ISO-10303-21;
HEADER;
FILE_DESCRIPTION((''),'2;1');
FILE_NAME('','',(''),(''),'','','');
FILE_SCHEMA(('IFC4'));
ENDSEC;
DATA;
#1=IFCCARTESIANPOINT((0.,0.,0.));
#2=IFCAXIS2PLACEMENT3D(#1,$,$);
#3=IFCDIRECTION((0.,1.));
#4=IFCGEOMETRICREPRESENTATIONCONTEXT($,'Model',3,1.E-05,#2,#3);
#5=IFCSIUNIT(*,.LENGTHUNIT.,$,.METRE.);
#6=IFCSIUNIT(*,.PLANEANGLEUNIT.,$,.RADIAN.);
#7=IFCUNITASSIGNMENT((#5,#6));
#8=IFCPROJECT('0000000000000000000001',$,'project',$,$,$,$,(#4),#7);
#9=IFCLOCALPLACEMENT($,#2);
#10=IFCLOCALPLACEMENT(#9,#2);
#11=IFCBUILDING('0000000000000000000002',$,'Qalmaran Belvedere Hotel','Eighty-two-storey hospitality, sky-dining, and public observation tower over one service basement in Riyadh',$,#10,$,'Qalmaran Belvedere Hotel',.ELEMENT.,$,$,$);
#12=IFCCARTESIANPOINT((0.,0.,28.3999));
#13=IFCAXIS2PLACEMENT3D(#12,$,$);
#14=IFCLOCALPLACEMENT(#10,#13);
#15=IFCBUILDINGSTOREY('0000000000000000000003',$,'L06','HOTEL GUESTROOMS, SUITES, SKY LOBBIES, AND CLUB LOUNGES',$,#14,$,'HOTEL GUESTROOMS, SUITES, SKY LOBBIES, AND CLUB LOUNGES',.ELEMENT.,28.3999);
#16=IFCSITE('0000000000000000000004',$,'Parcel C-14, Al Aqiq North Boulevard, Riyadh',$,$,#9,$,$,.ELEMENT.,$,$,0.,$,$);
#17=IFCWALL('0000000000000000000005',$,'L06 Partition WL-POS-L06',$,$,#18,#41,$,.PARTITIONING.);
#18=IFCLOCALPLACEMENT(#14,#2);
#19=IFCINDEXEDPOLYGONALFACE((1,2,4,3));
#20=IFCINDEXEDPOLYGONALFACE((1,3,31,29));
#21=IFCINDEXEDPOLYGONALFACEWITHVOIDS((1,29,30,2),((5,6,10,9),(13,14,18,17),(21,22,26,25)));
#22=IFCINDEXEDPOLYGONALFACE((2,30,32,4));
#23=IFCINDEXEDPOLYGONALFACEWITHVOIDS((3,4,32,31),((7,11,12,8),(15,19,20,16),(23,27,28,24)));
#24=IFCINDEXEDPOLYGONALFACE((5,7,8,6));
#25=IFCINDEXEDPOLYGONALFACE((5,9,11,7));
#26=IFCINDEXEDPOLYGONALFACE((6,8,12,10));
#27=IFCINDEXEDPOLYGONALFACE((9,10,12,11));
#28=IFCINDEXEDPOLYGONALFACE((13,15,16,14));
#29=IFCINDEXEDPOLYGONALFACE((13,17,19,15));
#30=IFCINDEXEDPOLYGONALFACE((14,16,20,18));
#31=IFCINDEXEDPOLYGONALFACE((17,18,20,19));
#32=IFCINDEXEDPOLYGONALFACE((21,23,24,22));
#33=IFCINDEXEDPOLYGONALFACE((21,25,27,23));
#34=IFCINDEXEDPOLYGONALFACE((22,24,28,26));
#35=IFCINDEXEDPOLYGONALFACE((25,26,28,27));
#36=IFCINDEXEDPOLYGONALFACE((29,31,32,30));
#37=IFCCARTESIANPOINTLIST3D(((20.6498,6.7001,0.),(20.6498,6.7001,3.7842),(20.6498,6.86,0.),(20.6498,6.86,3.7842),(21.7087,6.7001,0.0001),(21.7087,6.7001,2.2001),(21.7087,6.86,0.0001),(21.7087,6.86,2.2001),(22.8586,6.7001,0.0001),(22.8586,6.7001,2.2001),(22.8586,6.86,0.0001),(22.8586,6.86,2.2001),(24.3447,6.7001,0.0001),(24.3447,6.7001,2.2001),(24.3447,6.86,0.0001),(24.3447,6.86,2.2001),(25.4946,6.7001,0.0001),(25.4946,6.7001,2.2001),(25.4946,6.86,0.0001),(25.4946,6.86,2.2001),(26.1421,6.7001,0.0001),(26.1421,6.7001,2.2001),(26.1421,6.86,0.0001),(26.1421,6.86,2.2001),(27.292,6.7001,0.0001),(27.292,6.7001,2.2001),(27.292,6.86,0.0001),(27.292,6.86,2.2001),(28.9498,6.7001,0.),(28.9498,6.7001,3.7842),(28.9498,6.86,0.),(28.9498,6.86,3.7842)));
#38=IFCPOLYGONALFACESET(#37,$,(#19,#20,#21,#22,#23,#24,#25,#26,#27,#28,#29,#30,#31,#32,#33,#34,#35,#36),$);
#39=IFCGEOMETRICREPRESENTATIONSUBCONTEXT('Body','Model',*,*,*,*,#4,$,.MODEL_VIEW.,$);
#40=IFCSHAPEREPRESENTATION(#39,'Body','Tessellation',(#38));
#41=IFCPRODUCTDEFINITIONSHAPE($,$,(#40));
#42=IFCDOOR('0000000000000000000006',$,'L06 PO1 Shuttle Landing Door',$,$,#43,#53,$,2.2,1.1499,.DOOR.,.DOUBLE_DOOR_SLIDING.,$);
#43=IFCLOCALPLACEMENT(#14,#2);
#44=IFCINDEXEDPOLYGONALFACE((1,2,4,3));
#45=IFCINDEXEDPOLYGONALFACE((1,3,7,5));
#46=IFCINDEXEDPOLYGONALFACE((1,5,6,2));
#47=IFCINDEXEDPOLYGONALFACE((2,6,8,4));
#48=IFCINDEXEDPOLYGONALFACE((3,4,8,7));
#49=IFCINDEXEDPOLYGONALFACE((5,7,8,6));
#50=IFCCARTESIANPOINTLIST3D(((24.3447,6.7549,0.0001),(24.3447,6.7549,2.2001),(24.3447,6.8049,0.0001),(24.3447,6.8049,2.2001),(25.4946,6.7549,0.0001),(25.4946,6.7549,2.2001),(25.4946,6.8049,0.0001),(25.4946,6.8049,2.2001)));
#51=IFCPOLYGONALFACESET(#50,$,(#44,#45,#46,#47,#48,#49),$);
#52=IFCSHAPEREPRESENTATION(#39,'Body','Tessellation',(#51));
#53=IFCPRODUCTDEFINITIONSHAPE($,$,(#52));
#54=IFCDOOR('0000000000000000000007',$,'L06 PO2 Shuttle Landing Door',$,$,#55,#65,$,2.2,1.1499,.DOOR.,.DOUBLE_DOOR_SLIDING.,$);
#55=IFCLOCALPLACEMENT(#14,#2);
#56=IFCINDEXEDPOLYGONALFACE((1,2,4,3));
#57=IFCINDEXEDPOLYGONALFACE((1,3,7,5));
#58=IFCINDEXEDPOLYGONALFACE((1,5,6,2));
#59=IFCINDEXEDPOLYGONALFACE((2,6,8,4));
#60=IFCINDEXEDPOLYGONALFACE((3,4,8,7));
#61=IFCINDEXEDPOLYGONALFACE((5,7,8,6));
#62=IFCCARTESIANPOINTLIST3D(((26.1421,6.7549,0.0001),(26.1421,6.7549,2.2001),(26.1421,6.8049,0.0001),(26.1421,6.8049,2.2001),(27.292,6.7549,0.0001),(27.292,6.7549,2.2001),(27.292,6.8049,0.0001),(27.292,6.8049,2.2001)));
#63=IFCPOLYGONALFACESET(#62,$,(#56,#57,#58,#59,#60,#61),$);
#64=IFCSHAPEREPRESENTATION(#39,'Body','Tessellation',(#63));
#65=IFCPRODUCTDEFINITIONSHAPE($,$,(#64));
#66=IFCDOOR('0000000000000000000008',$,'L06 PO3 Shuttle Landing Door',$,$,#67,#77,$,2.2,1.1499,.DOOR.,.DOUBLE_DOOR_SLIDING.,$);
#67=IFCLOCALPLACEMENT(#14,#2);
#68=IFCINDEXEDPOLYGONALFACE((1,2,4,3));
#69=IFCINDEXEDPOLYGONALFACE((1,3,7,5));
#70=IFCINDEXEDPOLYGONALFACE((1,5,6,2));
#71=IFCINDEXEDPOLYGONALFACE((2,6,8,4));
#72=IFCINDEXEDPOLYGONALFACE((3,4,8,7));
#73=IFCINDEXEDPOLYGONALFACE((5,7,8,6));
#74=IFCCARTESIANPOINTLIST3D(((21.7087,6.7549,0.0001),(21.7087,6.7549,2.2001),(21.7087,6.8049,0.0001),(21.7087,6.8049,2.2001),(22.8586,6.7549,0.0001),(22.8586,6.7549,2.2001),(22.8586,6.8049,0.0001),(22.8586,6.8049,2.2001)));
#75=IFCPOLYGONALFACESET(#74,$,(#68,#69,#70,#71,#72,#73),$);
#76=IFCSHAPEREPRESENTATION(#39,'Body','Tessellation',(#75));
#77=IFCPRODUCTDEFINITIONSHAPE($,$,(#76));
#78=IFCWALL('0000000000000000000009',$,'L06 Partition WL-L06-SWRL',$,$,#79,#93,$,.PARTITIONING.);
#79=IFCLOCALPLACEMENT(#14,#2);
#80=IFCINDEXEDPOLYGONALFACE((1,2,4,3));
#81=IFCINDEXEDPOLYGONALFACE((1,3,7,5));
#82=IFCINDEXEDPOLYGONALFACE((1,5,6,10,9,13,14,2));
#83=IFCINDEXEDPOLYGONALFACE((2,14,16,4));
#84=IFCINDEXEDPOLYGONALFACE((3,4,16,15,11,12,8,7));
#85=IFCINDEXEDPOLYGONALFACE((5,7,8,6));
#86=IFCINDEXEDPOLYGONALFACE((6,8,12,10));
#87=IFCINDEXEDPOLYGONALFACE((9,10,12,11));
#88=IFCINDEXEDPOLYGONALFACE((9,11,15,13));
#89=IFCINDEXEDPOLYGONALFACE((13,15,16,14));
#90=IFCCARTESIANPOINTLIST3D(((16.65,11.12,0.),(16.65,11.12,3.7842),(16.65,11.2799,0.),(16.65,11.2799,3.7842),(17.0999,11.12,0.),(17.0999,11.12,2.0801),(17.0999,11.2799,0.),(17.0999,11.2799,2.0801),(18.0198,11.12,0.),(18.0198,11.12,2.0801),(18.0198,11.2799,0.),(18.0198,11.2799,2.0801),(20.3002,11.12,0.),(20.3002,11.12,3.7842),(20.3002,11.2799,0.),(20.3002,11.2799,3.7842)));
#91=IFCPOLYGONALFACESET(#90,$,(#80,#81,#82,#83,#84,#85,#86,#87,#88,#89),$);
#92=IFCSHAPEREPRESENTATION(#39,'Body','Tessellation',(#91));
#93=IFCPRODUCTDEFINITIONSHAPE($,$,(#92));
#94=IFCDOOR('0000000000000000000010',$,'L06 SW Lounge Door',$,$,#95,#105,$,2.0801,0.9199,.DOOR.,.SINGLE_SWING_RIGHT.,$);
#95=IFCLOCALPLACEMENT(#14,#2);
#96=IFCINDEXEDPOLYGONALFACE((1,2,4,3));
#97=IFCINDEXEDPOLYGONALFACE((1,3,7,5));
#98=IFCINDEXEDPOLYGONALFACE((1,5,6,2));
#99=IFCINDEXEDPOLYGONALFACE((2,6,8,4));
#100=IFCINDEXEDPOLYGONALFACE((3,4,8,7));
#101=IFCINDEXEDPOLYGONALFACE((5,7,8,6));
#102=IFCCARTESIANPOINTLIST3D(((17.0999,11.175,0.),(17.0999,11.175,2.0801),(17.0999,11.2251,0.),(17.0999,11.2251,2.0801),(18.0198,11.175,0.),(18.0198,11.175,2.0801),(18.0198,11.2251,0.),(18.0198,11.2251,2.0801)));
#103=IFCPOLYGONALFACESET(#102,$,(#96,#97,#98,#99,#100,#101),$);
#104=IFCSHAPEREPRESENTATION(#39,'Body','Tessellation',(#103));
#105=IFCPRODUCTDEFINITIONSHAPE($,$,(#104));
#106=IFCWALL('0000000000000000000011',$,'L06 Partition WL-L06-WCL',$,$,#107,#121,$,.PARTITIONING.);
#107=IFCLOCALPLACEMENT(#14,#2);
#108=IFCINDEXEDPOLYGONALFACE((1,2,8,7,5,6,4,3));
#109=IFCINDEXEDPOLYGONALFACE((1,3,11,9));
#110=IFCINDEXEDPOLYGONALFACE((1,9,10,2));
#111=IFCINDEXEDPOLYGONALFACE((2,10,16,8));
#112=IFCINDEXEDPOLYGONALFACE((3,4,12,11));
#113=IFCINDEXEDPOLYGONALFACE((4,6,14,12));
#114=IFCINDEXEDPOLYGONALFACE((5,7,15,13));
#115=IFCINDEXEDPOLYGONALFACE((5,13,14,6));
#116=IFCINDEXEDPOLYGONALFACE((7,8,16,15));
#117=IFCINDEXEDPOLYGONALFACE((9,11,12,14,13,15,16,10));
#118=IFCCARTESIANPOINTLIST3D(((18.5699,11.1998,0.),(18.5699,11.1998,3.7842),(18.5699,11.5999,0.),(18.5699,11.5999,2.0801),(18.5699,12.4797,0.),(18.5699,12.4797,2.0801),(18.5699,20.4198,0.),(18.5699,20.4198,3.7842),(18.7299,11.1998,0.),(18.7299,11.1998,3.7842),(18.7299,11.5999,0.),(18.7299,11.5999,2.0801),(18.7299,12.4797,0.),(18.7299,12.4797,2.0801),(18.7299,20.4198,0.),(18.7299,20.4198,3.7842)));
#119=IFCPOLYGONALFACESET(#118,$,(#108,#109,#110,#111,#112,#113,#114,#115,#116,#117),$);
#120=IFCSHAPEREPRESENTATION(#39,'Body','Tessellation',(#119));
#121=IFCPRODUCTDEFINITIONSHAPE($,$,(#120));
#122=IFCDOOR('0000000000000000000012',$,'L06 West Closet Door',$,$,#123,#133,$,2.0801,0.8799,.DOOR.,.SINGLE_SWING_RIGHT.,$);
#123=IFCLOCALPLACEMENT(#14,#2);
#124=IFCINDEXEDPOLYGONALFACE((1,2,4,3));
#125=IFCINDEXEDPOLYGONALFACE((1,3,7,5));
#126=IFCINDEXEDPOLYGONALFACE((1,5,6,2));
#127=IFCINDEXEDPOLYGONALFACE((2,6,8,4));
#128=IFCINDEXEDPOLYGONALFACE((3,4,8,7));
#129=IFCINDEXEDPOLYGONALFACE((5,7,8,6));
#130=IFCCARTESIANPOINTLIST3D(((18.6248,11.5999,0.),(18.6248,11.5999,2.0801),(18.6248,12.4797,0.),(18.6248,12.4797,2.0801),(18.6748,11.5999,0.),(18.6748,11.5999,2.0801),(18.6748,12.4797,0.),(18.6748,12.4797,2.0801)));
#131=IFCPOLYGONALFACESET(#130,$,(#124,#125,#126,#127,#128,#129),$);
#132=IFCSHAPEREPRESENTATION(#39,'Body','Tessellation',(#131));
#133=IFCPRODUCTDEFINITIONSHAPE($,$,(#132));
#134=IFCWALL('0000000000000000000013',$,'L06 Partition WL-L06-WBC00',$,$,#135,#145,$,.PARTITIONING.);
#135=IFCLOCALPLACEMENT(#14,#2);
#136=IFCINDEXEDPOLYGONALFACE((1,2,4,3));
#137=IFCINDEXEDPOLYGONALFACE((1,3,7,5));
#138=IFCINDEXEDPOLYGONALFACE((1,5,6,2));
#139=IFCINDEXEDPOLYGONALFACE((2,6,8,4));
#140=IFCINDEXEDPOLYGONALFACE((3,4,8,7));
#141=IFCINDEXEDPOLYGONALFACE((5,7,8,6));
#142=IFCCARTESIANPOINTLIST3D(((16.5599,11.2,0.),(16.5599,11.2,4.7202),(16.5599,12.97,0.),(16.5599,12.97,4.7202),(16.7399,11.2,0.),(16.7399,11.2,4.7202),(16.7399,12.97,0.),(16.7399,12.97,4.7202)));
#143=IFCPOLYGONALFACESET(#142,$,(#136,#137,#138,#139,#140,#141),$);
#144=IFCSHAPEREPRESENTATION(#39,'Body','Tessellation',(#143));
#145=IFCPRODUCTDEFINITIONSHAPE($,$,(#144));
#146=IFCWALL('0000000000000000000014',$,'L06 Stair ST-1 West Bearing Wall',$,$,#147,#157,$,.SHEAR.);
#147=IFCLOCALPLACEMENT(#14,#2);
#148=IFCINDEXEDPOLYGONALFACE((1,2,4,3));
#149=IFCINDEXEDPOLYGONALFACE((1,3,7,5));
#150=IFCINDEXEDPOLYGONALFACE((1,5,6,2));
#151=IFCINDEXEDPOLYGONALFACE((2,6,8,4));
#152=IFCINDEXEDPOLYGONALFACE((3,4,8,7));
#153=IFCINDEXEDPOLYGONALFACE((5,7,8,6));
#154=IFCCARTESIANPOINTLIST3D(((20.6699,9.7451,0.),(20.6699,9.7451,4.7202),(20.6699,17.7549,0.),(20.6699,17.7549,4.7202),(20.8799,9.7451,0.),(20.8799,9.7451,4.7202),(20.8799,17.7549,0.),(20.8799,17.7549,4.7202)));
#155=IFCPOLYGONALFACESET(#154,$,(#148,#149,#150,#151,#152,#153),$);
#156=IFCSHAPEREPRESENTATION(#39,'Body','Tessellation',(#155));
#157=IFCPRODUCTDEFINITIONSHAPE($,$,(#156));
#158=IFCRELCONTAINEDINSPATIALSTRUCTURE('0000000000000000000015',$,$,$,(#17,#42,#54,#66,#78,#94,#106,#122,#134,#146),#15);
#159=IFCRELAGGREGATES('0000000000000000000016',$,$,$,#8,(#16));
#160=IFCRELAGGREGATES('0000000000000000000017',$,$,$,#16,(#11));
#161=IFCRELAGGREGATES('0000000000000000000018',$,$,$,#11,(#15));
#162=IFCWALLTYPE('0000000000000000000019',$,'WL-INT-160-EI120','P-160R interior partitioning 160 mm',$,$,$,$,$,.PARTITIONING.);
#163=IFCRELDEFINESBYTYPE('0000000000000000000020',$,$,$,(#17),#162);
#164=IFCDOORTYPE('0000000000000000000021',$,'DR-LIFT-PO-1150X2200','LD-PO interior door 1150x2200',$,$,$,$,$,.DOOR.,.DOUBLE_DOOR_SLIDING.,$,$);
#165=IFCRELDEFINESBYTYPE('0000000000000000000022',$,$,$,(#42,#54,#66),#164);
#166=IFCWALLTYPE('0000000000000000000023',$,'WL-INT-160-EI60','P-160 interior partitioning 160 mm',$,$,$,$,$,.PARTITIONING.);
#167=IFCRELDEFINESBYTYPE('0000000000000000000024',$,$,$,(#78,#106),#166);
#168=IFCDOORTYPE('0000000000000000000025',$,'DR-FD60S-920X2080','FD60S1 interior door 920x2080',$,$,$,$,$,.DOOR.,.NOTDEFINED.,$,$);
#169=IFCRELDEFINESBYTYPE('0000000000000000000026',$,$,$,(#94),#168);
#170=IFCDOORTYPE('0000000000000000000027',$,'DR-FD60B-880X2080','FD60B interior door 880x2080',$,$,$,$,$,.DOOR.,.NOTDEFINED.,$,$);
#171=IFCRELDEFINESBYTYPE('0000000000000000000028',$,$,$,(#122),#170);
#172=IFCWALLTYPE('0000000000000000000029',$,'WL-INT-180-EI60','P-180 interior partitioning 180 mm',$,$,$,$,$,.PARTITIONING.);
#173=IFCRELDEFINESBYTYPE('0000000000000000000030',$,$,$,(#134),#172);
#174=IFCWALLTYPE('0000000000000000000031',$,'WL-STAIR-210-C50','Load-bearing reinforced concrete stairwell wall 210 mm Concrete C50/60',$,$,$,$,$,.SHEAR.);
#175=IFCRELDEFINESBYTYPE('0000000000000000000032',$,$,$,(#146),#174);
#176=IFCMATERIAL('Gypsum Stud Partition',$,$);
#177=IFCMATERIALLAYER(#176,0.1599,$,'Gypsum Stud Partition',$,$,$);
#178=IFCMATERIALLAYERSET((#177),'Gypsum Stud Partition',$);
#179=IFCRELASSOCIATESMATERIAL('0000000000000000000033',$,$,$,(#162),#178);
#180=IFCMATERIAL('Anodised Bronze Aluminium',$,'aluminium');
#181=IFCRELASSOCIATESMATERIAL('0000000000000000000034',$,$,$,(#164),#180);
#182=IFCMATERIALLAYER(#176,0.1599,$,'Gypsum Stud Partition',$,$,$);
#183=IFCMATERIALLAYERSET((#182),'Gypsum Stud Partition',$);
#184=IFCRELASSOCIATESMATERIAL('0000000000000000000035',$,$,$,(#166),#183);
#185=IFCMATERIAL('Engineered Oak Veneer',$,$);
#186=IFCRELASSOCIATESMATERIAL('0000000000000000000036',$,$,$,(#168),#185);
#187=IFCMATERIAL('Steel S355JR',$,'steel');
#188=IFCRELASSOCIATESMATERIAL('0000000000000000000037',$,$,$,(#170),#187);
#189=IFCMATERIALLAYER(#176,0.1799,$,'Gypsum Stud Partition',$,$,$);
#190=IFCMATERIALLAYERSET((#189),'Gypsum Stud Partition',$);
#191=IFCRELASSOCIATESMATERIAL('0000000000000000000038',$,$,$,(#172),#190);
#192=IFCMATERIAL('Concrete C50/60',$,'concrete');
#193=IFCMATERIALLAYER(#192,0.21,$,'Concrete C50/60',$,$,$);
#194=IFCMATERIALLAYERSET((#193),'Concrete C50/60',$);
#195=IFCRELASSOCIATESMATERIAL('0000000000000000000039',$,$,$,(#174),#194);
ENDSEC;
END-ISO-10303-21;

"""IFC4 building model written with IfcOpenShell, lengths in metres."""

from ifc_helpers import new_model, si_unit, direction, frame, frame_2d, origin, place, context, subcontext, project, spatial, rectangle, extrude, material, layer, layer_set, type_object, element, fill, save


model = new_model("IFC4")

# Units and contexts
model_context = context("Model", 3, precision=1e-05, world=origin(), true_north=direction((0.0, 1.0)))
body_context = subcontext(model_context, "Body", "Model", "MODEL_VIEW")
ifc_project = project(units=[si_unit("LENGTHUNIT", "METRE"), si_unit("PLANEANGLEUNIT", "RADIAN")], contexts=[model_context])

# Site, building, storey
site_placement = place(None, origin())
site = spatial("IfcSite", under=ifc_project, at=site_placement, Name="Parcel C-14, Al Aqiq North Boulevard, Riyadh", CompositionType="ELEMENT", RefElevation=0.0)
building_placement = place(site_placement, origin())
building = spatial("IfcBuilding", under=site, at=building_placement, Name="Qalmaran Belvedere Hotel", Description="Eighty-two-storey hospitality, sky-dining, and public observation tower over one service basement in Riyadh", LongName="Qalmaran Belvedere Hotel", CompositionType="ELEMENT")
storey_placement = place(building_placement, frame((0.0, 0.0, 28.3999)))
storey = spatial("IfcBuildingStorey", under=building, at=storey_placement, Name="L06", Description="HOTEL GUESTROOMS, SUITES, SKY LOBBIES, AND CLUB LOUNGES", LongName="HOTEL GUESTROOMS, SUITES, SKY LOBBIES, AND CLUB LOUNGES", CompositionType="ELEMENT", Elevation=28.3999)

# Shared definitions
ifc_material_1 = material(Name="Steel S355JR", Category="steel")

# Shared definitions
ifc_material_2 = material(Name="Concrete C50/60", Category="concrete")

# Wall, openings, doors
ifc_material_3 = material(Name="Gypsum Stud Partition")
ifc_layer_1 = layer(ifc_material_3, 0.1599, Name="Gypsum Stud Partition")
ifc_layer_set_1 = layer_set([ifc_layer_1], Name="Gypsum Stud Partition")
wall_type_1 = type_object("IfcWallType", Name="WL-INT-160-EI120", Description="P-160R interior partitioning 160 mm", PredefinedType="PARTITIONING", material=ifc_layer_set_1)
wall_1_placement = place(storey_placement, frame((20.6499, 6.78, 0.0), z_axis=(0.0, 0.0, 1.0), x_axis=(1.0, 0.0, 0.0)))
wall_1 = element("IfcWall", 1, at=wall_1_placement, inside=storey, type_object=wall_type_1, Name="L06 Partition WL-POS-L06", PredefinedType="PARTITIONING", context=body_context, shape_type="SweptSolid", body=[
    extrude(rectangle(XDim=8.3, YDim=0.1599, at=frame_2d((4.1499, 0.0))), origin(), (0.0, 0.0, 1.0), 3.7842),
])
opening_1_placement = place(wall_1_placement, frame((3.6948, 0.0, 0.0)))
opening_1 = element("IfcOpeningElement", 2, at=opening_1_placement, cuts=wall_1, PredefinedType="OPENING", context=body_context, shape_type="SweptSolid", body=[
    extrude(rectangle(XDim=1.1499, YDim=2.2, at=frame_2d((0.575, 1.1001))), frame((0.0, 0.0898, 0.0), z_axis=(0.0, -1.0, 0.0), x_axis=(1.0, 0.0, 0.0)), (0.0, 0.0, 1.0), 0.1799),
])
opening_2_placement = place(wall_1_placement, frame((5.4922, 0.0, 0.0)))
opening_2 = element("IfcOpeningElement", 3, at=opening_2_placement, cuts=wall_1, PredefinedType="OPENING", context=body_context, shape_type="SweptSolid", body=[
    extrude(rectangle(XDim=1.1499, YDim=2.2, at=frame_2d((0.575, 1.1001))), frame((0.0, 0.0898, 0.0), z_axis=(0.0, -1.0, 0.0), x_axis=(1.0, 0.0, 0.0)), (0.0, 0.0, 1.0), 0.1799),
])
opening_3_placement = place(wall_1_placement, frame((1.0588, 0.0, 0.0)))
opening_3 = element("IfcOpeningElement", 4, at=opening_3_placement, cuts=wall_1, PredefinedType="OPENING", context=body_context, shape_type="SweptSolid", body=[
    extrude(rectangle(XDim=1.1499, YDim=2.2, at=frame_2d((0.575, 1.1001))), frame((0.0, 0.0898, 0.0), z_axis=(0.0, -1.0, 0.0), x_axis=(1.0, 0.0, 0.0)), (0.0, 0.0, 1.0), 0.1799),
])
ifc_material_4 = material(Name="Anodised Bronze Aluminium", Category="aluminium")
door_type_1 = type_object("IfcDoorType", Name="DR-LIFT-PO-1150X2200", Description="LD-PO interior door 1150x2200", OperationType="DOUBLE_DOOR_SLIDING", PredefinedType="DOOR", material=ifc_material_4)
door_1_placement = place(opening_1_placement, origin())
door_1 = element("IfcDoor", 5, at=door_1_placement, inside=storey, type_object=door_type_1, Name="L06 PO1 Shuttle Landing Door", OperationType="DOUBLE_DOOR_SLIDING", OverallHeight=2.2, OverallWidth=1.1499, PredefinedType="DOOR", context=body_context, shape_type="SweptSolid", body=[
    extrude(rectangle(XDim=1.1499, YDim=2.2, at=frame_2d((0.575, 1.1001))), frame((0.0, 0.0249, 0.0), z_axis=(0.0, -1.0, 0.0), x_axis=(1.0, 0.0, 0.0)), (0.0, 0.0, 1.0), 0.05),
])
fill(opening_1, door_1)
door_2_placement = place(opening_2_placement, origin())
door_2 = element("IfcDoor", 6, at=door_2_placement, inside=storey, type_object=door_type_1, Name="L06 PO2 Shuttle Landing Door", OperationType="DOUBLE_DOOR_SLIDING", OverallHeight=2.2, OverallWidth=1.1499, PredefinedType="DOOR", context=body_context, shape_type="SweptSolid", body=[
    extrude(rectangle(XDim=1.1499, YDim=2.2, at=frame_2d((0.575, 1.1001))), frame((0.0, 0.0249, 0.0), z_axis=(0.0, -1.0, 0.0), x_axis=(1.0, 0.0, 0.0)), (0.0, 0.0, 1.0), 0.05),
])
fill(opening_2, door_2)
door_3_placement = place(opening_3_placement, origin())
door_3 = element("IfcDoor", 7, at=door_3_placement, inside=storey, type_object=door_type_1, Name="L06 PO3 Shuttle Landing Door", OperationType="DOUBLE_DOOR_SLIDING", OverallHeight=2.2, OverallWidth=1.1499, PredefinedType="DOOR", context=body_context, shape_type="SweptSolid", body=[
    extrude(rectangle(XDim=1.1499, YDim=2.2, at=frame_2d((0.575, 1.1001))), frame((0.0, 0.0249, 0.0), z_axis=(0.0, -1.0, 0.0), x_axis=(1.0, 0.0, 0.0)), (0.0, 0.0, 1.0), 0.05),
])
fill(opening_3, door_3)

# Walls, openings, doors
ifc_layer_2 = layer(ifc_material_3, 0.1599, Name="Gypsum Stud Partition")
ifc_layer_set_2 = layer_set([ifc_layer_2], Name="Gypsum Stud Partition")
wall_type_2 = type_object("IfcWallType", Name="WL-INT-160-EI60", Description="P-160 interior partitioning 160 mm", PredefinedType="PARTITIONING", material=ifc_layer_set_2)
wall_2_placement = place(storey_placement, frame((16.6499, 11.2, 0.0), z_axis=(0.0, 0.0, 1.0), x_axis=(1.0, 0.0, 0.0)))
wall_2 = element("IfcWall", 8, at=wall_2_placement, inside=storey, type_object=wall_type_2, Name="L06 Partition WL-L06-SWRL", PredefinedType="PARTITIONING", context=body_context, shape_type="SweptSolid", body=[
    extrude(rectangle(XDim=3.6501, YDim=0.1599, at=frame_2d((1.8252, 0.0))), origin(), (0.0, 0.0, 1.0), 3.7842),
])
opening_4_placement = place(wall_2_placement, frame((1.3699, 0.0, 0.0), z_axis=(0.0, 0.0, 1.0), x_axis=(-1.0, 0.0, 0.0)))
opening_4 = element("IfcOpeningElement", 9, at=opening_4_placement, cuts=wall_2, PredefinedType="OPENING", context=body_context, shape_type="SweptSolid", body=[
    extrude(rectangle(XDim=0.9199, YDim=2.0801, at=frame_2d((0.46, 1.04))), frame((0.0, 0.0898, 0.0), z_axis=(0.0, -1.0, 0.0), x_axis=(1.0, 0.0, 0.0)), (0.0, 0.0, 1.0), 0.1799),
])
ifc_material_5 = material(Name="Engineered Oak Veneer")
door_type_2 = type_object("IfcDoorType", Name="DR-FD60S-920X2080", Description="FD60S1 interior door 920x2080", OperationType="NOTDEFINED", PredefinedType="DOOR", material=ifc_material_5)
door_4_placement = place(opening_4_placement, origin())
door_4 = element("IfcDoor", 10, at=door_4_placement, inside=storey, type_object=door_type_2, Name="L06 SW Lounge Door", OperationType="SINGLE_SWING_RIGHT", OverallHeight=2.0801, OverallWidth=0.9199, PredefinedType="DOOR", context=body_context, shape_type="SweptSolid", body=[
    extrude(rectangle(XDim=0.9199, YDim=2.0801, at=frame_2d((0.46, 1.04))), frame((0.0, 0.0249, 0.0), z_axis=(0.0, -1.0, 0.0), x_axis=(1.0, 0.0, 0.0)), (0.0, 0.0, 1.0), 0.05),
])
fill(opening_4, door_4)
wall_3_placement = place(storey_placement, frame((18.6499, 11.2, 0.0), z_axis=(0.0, 0.0, 1.0), x_axis=(0.0, 1.0, 0.0)))
wall_3 = element("IfcWall", 11, at=wall_3_placement, inside=storey, type_object=wall_type_2, Name="L06 Partition WL-L06-WCL", PredefinedType="PARTITIONING", context=body_context, shape_type="SweptSolid", body=[
    extrude(rectangle(XDim=9.22, YDim=0.1599, at=frame_2d((4.6099, 0.0))), origin(), (0.0, 0.0, 1.0), 3.7842),
])
opening_5_placement = place(wall_3_placement, frame((1.2798, 0.0, 0.0), z_axis=(0.0, 0.0, 1.0), x_axis=(-1.0, 0.0, 0.0)))
opening_5 = element("IfcOpeningElement", 12, at=opening_5_placement, cuts=wall_3, PredefinedType="OPENING", context=body_context, shape_type="SweptSolid", body=[
    extrude(rectangle(XDim=0.8799, YDim=2.0801, at=frame_2d((0.4399, 1.04))), frame((0.0, 0.0898, 0.0), z_axis=(0.0, -1.0, 0.0), x_axis=(1.0, 0.0, 0.0)), (0.0, 0.0, 1.0), 0.1799),
])
door_type_3 = type_object("IfcDoorType", Name="DR-FD60B-880X2080", Description="FD60B interior door 880x2080", OperationType="NOTDEFINED", PredefinedType="DOOR", material=ifc_material_1)
door_5_placement = place(opening_5_placement, origin())
door_5 = element("IfcDoor", 13, at=door_5_placement, inside=storey, type_object=door_type_3, Name="L06 West Closet Door", OperationType="SINGLE_SWING_RIGHT", OverallHeight=2.0801, OverallWidth=0.8799, PredefinedType="DOOR", context=body_context, shape_type="SweptSolid", body=[
    extrude(rectangle(XDim=0.8799, YDim=2.0801, at=frame_2d((0.4399, 1.04))), frame((0.0, 0.0249, 0.0), z_axis=(0.0, -1.0, 0.0), x_axis=(1.0, 0.0, 0.0)), (0.0, 0.0, 1.0), 0.05),
])
fill(opening_5, door_5)

# Walls
ifc_layer_3 = layer(ifc_material_3, 0.1799, Name="Gypsum Stud Partition")
ifc_layer_set_3 = layer_set([ifc_layer_3], Name="Gypsum Stud Partition")
wall_type_3 = type_object("IfcWallType", Name="WL-INT-180-EI60", Description="P-180 interior partitioning 180 mm", PredefinedType="PARTITIONING", material=ifc_layer_set_3)
wall_4_placement = place(storey_placement, frame((16.6499, 11.2, 0.0), z_axis=(0.0, 0.0, 1.0), x_axis=(0.0, 1.0, 0.0)))
element("IfcWall", 14, at=wall_4_placement, inside=storey, type_object=wall_type_3, Name="L06 Partition WL-L06-WBC00", PredefinedType="PARTITIONING", context=body_context, shape_type="SweptSolid", body=[
    extrude(rectangle(XDim=1.77, YDim=0.1799, at=frame_2d((0.885, 0.0))), origin(), (0.0, 0.0, 1.0), 4.7202),
])
ifc_layer_4 = layer(ifc_material_2, 0.21, Name="Concrete C50/60")
ifc_layer_set_4 = layer_set([ifc_layer_4], Name="Concrete C50/60")
wall_type_4 = type_object("IfcWallType", Name="WL-STAIR-210-C50", Description="Load-bearing reinforced concrete stairwell wall 210 mm Concrete C50/60", PredefinedType="SHEAR", material=ifc_layer_set_4)
wall_5_placement = place(storey_placement, frame((20.7749, 9.7451, 0.0), z_axis=(0.0, 0.0, 1.0), x_axis=(0.0, 1.0, 0.0)))
element("IfcWall", 15, at=wall_5_placement, inside=storey, type_object=wall_type_4, Name="L06 Stair ST-1 West Bearing Wall", PredefinedType="SHEAR", context=body_context, shape_type="SweptSolid", body=[
    extrude(rectangle(XDim=8.0098, YDim=0.21, at=frame_2d((4.0049, 0.0))), origin(), (0.0, 0.0, 1.0), 4.7202),
])

save(model, "model.ifc")
